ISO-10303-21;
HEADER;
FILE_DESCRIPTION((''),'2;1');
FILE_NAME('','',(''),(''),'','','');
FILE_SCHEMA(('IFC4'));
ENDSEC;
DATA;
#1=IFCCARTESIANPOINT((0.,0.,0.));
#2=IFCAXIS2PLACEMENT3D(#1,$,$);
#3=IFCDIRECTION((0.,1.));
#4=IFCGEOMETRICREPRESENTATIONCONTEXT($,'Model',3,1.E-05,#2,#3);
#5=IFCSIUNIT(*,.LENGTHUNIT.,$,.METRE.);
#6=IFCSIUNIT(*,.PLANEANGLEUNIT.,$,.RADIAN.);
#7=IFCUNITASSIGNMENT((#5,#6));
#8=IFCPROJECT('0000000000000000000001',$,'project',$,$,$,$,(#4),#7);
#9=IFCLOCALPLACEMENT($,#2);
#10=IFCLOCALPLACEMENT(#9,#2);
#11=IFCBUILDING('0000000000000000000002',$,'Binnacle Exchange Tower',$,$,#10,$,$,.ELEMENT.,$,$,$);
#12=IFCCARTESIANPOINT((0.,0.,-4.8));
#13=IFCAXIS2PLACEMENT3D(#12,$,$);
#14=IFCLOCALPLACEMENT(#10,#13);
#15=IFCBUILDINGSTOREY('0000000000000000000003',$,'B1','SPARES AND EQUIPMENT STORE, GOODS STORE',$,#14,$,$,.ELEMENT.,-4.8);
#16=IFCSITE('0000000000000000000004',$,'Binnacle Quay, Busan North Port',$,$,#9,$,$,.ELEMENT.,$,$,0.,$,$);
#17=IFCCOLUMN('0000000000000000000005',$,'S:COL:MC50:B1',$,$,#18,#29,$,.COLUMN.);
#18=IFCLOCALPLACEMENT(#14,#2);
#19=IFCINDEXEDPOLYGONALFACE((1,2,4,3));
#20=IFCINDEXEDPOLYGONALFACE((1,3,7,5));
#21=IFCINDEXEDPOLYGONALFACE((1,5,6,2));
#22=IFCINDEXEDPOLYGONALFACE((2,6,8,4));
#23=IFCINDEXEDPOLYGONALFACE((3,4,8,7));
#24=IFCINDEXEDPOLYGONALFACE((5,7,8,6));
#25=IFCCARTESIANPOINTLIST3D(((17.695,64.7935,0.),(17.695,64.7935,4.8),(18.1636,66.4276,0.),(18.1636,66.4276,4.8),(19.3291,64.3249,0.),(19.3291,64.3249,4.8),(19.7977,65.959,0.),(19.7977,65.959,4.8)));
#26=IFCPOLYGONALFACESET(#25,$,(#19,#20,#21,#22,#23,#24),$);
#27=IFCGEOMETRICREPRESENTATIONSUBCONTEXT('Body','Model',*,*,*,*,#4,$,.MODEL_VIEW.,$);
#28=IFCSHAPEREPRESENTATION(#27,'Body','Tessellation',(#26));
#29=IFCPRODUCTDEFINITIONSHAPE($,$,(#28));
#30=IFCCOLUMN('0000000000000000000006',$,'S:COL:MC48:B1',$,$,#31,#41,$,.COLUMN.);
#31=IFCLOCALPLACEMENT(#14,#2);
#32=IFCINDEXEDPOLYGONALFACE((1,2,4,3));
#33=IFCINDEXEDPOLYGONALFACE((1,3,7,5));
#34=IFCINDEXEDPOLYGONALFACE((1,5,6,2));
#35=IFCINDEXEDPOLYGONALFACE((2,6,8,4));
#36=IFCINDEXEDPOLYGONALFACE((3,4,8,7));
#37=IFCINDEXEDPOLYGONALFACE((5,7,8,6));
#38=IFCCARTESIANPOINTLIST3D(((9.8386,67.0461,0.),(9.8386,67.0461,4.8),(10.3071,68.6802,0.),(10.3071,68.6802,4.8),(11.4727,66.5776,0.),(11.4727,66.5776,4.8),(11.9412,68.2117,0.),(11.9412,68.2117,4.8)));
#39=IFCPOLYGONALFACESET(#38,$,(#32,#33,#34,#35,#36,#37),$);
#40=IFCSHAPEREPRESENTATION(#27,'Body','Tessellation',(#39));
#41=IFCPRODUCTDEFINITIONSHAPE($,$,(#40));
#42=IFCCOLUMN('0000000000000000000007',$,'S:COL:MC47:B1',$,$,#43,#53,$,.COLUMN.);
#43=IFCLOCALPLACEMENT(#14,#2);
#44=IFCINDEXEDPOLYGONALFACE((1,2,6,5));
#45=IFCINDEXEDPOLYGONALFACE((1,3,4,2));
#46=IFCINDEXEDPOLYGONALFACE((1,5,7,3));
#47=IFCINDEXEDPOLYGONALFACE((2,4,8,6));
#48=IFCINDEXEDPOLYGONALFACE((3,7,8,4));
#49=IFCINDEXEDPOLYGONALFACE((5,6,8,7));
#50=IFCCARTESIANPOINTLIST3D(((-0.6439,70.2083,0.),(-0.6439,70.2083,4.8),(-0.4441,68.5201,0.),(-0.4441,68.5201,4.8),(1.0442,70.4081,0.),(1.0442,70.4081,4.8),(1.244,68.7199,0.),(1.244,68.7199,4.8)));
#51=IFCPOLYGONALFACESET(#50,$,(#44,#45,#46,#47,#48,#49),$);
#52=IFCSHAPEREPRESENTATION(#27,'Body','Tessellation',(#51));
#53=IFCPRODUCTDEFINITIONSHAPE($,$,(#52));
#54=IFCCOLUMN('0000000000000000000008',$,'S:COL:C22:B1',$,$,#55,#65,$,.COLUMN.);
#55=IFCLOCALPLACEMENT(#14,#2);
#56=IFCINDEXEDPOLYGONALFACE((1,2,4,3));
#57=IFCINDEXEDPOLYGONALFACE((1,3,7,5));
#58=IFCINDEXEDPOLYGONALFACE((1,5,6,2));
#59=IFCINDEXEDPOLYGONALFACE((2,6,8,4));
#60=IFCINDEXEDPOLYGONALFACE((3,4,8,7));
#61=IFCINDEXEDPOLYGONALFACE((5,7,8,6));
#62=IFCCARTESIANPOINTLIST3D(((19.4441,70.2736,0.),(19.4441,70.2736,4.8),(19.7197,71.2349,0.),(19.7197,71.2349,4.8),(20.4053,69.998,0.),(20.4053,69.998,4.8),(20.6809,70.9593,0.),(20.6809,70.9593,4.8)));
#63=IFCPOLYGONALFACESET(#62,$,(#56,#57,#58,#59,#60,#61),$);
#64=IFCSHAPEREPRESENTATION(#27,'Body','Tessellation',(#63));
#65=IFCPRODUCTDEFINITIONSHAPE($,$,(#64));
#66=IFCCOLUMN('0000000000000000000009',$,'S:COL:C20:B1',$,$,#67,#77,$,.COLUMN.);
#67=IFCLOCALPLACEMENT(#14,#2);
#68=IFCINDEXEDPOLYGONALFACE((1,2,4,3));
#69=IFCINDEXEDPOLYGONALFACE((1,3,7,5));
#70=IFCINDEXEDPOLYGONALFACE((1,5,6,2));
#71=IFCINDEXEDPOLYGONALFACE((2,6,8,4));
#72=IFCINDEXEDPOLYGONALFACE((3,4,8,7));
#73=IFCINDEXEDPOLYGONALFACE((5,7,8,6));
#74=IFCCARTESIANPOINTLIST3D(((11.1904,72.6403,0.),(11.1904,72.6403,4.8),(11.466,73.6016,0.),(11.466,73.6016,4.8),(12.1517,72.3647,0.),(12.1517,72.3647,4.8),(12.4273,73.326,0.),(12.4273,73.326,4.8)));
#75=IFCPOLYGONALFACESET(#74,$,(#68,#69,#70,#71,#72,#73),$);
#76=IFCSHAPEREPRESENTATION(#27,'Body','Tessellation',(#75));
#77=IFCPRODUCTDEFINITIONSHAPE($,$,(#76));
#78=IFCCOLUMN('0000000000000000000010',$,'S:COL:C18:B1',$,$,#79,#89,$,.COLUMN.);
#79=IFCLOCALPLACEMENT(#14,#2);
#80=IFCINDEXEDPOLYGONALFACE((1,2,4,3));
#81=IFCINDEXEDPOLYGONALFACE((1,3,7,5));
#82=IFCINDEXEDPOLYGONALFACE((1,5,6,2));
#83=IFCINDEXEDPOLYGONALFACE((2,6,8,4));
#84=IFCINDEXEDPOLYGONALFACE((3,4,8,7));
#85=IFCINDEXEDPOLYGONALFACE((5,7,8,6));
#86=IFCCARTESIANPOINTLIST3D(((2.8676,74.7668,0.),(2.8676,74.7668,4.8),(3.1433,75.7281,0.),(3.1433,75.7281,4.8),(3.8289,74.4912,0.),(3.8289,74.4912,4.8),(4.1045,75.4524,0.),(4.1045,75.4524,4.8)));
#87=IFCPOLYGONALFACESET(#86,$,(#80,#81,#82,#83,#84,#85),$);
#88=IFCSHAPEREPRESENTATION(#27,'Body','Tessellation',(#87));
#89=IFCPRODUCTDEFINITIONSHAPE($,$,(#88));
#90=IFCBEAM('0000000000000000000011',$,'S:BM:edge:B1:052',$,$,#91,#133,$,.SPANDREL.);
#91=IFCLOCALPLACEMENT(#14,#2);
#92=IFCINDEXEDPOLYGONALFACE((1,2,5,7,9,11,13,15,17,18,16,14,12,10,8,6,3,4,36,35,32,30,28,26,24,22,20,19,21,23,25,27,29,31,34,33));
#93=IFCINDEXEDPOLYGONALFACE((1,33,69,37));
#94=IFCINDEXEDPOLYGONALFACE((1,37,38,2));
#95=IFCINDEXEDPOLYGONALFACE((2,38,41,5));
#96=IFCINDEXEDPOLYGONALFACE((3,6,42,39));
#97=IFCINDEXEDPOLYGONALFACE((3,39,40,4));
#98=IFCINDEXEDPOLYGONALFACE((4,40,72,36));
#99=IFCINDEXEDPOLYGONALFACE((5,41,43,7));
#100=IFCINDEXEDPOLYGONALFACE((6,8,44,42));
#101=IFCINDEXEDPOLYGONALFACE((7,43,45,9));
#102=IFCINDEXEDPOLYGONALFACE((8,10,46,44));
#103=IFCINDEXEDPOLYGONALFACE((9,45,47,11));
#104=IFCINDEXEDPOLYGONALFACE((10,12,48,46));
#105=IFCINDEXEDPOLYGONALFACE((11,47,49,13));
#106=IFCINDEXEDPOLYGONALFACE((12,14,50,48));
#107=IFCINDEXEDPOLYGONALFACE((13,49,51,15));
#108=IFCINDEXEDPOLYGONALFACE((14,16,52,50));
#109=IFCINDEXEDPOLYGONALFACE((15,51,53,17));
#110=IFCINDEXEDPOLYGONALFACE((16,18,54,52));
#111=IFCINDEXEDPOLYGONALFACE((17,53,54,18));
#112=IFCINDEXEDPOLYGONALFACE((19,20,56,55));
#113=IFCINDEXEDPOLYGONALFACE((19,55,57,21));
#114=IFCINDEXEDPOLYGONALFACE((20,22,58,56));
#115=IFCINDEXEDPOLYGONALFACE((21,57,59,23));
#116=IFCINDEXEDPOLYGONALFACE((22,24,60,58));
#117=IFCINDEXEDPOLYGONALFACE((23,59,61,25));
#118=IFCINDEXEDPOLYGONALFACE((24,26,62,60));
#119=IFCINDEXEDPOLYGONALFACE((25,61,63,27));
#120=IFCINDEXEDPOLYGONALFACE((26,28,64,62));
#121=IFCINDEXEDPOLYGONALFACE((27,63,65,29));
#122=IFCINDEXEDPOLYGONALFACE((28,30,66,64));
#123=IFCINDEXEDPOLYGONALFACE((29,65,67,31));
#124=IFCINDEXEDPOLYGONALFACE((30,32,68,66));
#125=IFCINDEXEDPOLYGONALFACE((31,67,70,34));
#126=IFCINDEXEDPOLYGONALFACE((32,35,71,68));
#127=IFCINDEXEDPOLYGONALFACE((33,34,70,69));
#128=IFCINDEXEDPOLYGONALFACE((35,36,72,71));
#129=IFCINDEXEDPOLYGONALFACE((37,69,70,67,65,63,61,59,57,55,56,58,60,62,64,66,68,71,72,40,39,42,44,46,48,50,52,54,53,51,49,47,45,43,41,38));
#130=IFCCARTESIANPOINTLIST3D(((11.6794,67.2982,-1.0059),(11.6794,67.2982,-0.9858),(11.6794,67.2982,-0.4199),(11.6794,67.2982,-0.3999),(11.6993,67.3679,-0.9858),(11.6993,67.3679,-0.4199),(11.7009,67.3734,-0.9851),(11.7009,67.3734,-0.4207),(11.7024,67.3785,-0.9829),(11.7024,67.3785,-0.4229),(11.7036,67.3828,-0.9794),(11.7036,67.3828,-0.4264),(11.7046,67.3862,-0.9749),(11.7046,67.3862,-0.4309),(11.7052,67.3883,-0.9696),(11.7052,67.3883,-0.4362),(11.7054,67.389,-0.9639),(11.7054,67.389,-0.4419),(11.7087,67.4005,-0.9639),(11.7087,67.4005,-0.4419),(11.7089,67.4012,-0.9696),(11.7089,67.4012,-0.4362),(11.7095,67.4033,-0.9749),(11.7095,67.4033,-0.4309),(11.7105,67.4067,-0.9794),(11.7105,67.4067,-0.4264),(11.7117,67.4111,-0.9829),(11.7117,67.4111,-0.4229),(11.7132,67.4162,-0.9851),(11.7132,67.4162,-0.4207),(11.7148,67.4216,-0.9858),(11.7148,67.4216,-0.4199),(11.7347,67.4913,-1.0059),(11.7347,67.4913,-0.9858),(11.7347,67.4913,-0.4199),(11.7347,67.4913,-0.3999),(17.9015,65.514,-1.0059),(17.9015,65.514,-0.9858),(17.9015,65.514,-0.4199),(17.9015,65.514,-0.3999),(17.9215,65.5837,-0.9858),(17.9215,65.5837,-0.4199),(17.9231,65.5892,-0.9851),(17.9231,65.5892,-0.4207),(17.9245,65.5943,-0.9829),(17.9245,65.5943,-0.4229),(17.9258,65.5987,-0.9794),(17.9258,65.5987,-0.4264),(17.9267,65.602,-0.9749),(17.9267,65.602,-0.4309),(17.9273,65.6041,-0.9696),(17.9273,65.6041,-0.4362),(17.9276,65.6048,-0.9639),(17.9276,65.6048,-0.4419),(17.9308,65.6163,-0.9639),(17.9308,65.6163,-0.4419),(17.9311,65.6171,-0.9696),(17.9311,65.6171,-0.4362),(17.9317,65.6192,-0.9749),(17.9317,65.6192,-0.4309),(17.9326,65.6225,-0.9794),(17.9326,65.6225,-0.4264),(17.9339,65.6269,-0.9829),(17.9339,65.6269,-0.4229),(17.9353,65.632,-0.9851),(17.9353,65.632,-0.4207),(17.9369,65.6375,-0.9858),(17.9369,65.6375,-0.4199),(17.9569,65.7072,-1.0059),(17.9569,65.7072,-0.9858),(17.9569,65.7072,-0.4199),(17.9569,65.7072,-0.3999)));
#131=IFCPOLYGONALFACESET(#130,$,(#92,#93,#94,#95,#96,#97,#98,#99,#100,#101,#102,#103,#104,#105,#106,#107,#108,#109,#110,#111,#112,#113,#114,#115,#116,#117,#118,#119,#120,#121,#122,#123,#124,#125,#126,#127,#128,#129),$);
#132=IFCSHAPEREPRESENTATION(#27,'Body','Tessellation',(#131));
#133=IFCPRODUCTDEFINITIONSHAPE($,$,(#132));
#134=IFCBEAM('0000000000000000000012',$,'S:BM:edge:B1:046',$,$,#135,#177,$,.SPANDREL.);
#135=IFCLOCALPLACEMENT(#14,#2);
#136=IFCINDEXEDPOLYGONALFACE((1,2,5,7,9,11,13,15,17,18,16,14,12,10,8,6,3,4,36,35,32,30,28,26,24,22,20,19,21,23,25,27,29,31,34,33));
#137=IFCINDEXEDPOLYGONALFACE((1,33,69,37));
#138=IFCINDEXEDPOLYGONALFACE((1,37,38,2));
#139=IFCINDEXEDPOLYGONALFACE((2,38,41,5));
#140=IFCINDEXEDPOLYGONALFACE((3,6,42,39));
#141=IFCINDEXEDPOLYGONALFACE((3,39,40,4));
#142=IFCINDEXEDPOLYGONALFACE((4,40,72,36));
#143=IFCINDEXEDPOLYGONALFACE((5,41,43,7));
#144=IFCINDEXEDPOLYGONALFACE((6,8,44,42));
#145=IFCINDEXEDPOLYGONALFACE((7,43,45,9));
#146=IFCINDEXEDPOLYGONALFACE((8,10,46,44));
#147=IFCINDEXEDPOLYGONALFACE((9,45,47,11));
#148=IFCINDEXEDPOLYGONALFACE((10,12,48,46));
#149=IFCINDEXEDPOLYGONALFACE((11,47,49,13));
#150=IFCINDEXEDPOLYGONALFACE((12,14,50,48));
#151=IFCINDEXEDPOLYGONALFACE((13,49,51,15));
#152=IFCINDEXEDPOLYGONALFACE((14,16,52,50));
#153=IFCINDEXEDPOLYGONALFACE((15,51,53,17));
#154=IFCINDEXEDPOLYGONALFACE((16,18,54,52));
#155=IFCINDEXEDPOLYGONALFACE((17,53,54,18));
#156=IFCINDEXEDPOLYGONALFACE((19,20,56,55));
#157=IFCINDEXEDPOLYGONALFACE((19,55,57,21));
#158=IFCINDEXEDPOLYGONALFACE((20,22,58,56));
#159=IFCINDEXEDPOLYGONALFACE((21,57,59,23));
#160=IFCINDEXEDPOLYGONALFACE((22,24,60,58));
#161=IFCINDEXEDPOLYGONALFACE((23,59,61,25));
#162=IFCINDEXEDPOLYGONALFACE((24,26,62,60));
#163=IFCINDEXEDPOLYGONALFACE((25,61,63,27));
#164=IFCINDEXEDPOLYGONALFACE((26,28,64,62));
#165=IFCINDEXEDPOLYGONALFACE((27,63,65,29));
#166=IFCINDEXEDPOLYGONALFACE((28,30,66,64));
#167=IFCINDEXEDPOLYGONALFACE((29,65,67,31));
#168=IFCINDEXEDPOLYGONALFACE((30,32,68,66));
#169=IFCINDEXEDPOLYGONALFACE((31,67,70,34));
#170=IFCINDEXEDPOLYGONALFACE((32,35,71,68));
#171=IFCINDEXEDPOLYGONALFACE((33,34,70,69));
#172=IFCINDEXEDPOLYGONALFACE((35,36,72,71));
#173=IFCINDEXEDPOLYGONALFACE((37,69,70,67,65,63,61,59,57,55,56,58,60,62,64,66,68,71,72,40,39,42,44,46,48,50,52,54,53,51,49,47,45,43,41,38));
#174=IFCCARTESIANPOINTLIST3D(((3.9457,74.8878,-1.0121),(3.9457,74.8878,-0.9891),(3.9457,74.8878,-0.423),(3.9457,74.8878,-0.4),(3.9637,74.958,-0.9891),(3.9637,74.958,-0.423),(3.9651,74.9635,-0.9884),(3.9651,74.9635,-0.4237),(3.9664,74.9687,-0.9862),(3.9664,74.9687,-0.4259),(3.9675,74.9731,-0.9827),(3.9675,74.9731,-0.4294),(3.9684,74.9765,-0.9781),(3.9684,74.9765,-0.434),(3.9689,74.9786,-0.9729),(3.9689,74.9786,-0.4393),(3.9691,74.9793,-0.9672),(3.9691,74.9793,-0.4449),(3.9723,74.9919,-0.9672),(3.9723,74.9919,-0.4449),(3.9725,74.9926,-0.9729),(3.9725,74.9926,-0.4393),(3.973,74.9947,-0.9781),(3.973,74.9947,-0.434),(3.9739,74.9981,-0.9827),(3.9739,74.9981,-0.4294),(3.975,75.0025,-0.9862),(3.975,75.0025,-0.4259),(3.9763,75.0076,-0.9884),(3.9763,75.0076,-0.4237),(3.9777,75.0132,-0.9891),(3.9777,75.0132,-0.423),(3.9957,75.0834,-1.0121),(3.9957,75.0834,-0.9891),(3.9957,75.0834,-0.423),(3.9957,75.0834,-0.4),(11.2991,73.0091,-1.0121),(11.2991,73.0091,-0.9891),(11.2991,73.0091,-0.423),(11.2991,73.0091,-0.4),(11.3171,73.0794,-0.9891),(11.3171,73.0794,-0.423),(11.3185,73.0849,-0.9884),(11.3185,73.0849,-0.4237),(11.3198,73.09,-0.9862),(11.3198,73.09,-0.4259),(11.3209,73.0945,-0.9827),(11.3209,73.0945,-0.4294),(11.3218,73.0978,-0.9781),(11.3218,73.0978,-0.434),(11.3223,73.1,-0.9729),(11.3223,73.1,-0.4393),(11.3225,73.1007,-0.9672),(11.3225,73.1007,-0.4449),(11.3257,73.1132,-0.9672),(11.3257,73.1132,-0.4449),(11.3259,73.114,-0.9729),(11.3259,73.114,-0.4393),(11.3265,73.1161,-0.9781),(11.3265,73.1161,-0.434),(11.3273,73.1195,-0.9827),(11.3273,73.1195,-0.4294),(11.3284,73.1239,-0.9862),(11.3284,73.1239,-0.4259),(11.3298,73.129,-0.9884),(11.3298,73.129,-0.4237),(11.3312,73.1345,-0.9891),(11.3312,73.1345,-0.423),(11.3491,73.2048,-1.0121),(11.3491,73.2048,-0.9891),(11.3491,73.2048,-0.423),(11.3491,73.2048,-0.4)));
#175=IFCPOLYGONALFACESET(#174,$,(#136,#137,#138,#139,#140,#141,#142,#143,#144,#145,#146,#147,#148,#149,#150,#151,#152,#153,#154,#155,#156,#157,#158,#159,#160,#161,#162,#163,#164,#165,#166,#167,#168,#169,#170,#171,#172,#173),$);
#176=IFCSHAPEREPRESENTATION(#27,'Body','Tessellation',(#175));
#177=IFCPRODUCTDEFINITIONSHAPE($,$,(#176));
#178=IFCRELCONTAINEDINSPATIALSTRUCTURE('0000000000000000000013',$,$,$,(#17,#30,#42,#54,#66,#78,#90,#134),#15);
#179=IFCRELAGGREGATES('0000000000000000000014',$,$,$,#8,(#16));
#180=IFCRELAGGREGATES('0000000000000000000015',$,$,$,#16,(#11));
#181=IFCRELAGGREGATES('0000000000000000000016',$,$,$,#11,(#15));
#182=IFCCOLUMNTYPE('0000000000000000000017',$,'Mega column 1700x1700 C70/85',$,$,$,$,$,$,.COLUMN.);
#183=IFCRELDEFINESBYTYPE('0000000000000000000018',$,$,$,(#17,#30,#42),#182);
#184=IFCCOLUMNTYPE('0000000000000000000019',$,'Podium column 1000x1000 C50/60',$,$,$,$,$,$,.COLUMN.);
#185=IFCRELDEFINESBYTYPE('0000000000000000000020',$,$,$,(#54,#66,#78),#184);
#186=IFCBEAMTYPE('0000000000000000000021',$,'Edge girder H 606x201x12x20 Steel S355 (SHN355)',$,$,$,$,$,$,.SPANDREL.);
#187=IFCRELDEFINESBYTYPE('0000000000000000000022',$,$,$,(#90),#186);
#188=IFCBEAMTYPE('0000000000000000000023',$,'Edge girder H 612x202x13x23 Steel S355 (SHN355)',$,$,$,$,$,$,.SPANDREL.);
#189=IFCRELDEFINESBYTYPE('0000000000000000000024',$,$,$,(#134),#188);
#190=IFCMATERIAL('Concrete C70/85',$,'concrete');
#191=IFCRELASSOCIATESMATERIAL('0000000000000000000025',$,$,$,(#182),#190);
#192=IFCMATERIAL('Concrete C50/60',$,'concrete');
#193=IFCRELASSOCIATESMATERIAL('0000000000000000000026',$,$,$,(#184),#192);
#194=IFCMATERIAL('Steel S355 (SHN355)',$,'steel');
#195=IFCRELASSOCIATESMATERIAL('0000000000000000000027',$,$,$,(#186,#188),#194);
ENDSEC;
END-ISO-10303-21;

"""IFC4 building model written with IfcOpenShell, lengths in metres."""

from ifc_helpers import new_model, si_unit, direction, frame, origin, origin_2d, place, context, subcontext, project, spatial, rectangle, i_section, extrude, material, material_profile, profile_set, type_object, element, save


model = new_model("IFC4")

# Units and contexts
model_context = context("Model", 3, precision=1e-05, world=origin(), true_north=direction((0.0, 1.0)))
body_context = subcontext(model_context, "Body", "Model", "MODEL_VIEW")
ifc_project = project(units=[si_unit("LENGTHUNIT", "METRE"), si_unit("PLANEANGLEUNIT", "RADIAN")], contexts=[model_context])

# Site, building, storey
site_placement = place(None, origin())
site = spatial("IfcSite", under=ifc_project, at=site_placement, Name="Binnacle Quay, Busan North Port", CompositionType="ELEMENT", RefElevation=0.0)
building_placement = place(site_placement, origin())
building = spatial("IfcBuilding", under=site, at=building_placement, Name="Binnacle Exchange Tower", CompositionType="ELEMENT")
storey_placement = place(building_placement, frame((0.0, 0.0, -4.8)))
storey = spatial("IfcBuildingStorey", under=building, at=storey_placement, Name="B1", Description="SPARES AND EQUIPMENT STORE, GOODS STORE", CompositionType="ELEMENT", Elevation=-4.8)

# Columns
ifc_material_1 = material(Name="Concrete C70/85", Category="concrete")
ifc_material_profile_1 = material_profile(ifc_material_1, rectangle(XDim=1.7, YDim=1.7, at=origin_2d()), Name="Mega column 1700x1700 C70/85")
ifc_profile_set_1 = profile_set([ifc_material_profile_1], Name="Concrete C70/85")
column_type_1 = type_object("IfcColumnType", Name="Mega column 1700x1700 C70/85", PredefinedType="COLUMN", material=ifc_profile_set_1)
for number, where, z_axis, x_axis, name in (
    (1, (18.7463, 65.3762, 0.0), (0.0, 0.0, 1.0), (-0.961262, 0.275637, 0.0), "S:COL:MC50:B1"),
    (2, (10.8899, 67.6289, 0.0), (0.0, 0.0, 1.0), (-0.961262, 0.275637, 0.0), "S:COL:MC48:B1"),
    (3, (0.3, 69.4641, 0.0), (0.0, 0.0, 1.0), (-0.993068, -0.117537, 0.0), "S:COL:MC47:B1"),
):
    element("IfcColumn", number, at=place(storey_placement, frame(where, z_axis=z_axis, x_axis=x_axis)), inside=storey, type_object=column_type_1, Name=name, PredefinedType="COLUMN", context=body_context, shape_type="SweptSolid", body=[
        extrude(rectangle(XDim=1.7, YDim=1.7, at=origin_2d()), origin(), (0.0, 0.0, 1.0), 4.8),
    ])
ifc_material_2 = material(Name="Concrete C50/60", Category="concrete")
ifc_material_profile_2 = material_profile(ifc_material_2, rectangle(XDim=1.0, YDim=1.0, at=origin_2d()), Name="Podium column 1000x1000 C50/60")
ifc_profile_set_2 = profile_set([ifc_material_profile_2], Name="Concrete C50/60")
column_type_2 = type_object("IfcColumnType", Name="Podium column 1000x1000 C50/60", PredefinedType="COLUMN", material=ifc_profile_set_2)
for number, where, z_axis, x_axis, name in (
    (4, (20.0625, 70.6165, 0.0), (0.0, 0.0, 1.0), (-0.961262, 0.275637, 0.0), "S:COL:C22:B1"),
    (5, (11.8088, 72.9832, 0.0), (0.0, 0.0, 1.0), (-0.961262, 0.275637, 0.0), "S:COL:C20:B1"),
    (6, (3.4861, 75.1096, 0.0), (0.0, 0.0, 1.0), (-0.961262, 0.275637, 0.0), "S:COL:C18:B1"),
):
    element("IfcColumn", number, at=place(storey_placement, frame(where, z_axis=z_axis, x_axis=x_axis)), inside=storey, type_object=column_type_2, Name=name, PredefinedType="COLUMN", context=body_context, shape_type="SweptSolid", body=[
        extrude(rectangle(XDim=1.0, YDim=1.0, at=origin_2d()), origin(), (0.0, 0.0, 1.0), 4.8),
    ])

# Beams
ifc_material_3 = material(Name="Steel S355 (SHN355)", Category="steel")
ifc_material_profile_3 = material_profile(ifc_material_3, i_section(OverallWidth=0.2009, OverallDepth=0.606, WebThickness=0.012, FlangeThickness=0.02, FilletRadius=0.022, at=origin_2d()), Name="H 606x201x12x20")
ifc_profile_set_3 = profile_set([ifc_material_profile_3], Name="Steel S355 (SHN355)")
beam_type_1 = type_object("IfcBeamType", Name="Edge girder H 606x201x12x20 Steel S355 (SHN355)", PredefinedType="SPANDREL", material=ifc_profile_set_3)
beam_1_placement = place(storey_placement, frame((17.9292, 65.6106, -0.7029), z_axis=(-0.961262, 0.275638, 0.0), x_axis=(-0.275638, -0.961262, 0.0)))
element("IfcBeam", 7, at=beam_1_placement, inside=storey, type_object=beam_type_1, Name="S:BM:edge:B1:052", PredefinedType="SPANDREL", context=body_context, shape_type="SweptSolid", body=[
    extrude(i_section(OverallWidth=0.2009, OverallDepth=0.606, WebThickness=0.012, FlangeThickness=0.02, FilletRadius=0.022, at=origin_2d()), origin(), (0.0, 0.0, 1.0), 6.4729),
])
ifc_material_profile_4 = material_profile(ifc_material_3, i_section(OverallWidth=0.2019, OverallDepth=0.6121, WebThickness=0.0129, FlangeThickness=0.0229, FilletRadius=0.022, at=origin_2d()), Name="H 612x202x13x23")
ifc_profile_set_4 = profile_set([ifc_material_profile_4], Name="Steel S355 (SHN355)")
beam_type_2 = type_object("IfcBeamType", Name="Edge girder H 612x202x13x23 Steel S355 (SHN355)", PredefinedType="SPANDREL", material=ifc_profile_set_4)
beam_2_placement = place(storey_placement, frame((3.9707, 74.9856, -0.7061), z_axis=(0.968881, -0.247528, 0.0), x_axis=(0.247528, 0.968881, 0.0)))
element("IfcBeam", 8, at=beam_2_placement, inside=storey, type_object=beam_type_2, Name="S:BM:edge:B1:046", PredefinedType="SPANDREL", context=body_context, shape_type="SweptSolid", body=[
    extrude(i_section(OverallWidth=0.2019, OverallDepth=0.6121, WebThickness=0.0129, FlangeThickness=0.0229, FilletRadius=0.022, at=origin_2d()), origin(), (0.0, 0.0, 1.0), 7.5896),
])

save(model, "model.ifc")
